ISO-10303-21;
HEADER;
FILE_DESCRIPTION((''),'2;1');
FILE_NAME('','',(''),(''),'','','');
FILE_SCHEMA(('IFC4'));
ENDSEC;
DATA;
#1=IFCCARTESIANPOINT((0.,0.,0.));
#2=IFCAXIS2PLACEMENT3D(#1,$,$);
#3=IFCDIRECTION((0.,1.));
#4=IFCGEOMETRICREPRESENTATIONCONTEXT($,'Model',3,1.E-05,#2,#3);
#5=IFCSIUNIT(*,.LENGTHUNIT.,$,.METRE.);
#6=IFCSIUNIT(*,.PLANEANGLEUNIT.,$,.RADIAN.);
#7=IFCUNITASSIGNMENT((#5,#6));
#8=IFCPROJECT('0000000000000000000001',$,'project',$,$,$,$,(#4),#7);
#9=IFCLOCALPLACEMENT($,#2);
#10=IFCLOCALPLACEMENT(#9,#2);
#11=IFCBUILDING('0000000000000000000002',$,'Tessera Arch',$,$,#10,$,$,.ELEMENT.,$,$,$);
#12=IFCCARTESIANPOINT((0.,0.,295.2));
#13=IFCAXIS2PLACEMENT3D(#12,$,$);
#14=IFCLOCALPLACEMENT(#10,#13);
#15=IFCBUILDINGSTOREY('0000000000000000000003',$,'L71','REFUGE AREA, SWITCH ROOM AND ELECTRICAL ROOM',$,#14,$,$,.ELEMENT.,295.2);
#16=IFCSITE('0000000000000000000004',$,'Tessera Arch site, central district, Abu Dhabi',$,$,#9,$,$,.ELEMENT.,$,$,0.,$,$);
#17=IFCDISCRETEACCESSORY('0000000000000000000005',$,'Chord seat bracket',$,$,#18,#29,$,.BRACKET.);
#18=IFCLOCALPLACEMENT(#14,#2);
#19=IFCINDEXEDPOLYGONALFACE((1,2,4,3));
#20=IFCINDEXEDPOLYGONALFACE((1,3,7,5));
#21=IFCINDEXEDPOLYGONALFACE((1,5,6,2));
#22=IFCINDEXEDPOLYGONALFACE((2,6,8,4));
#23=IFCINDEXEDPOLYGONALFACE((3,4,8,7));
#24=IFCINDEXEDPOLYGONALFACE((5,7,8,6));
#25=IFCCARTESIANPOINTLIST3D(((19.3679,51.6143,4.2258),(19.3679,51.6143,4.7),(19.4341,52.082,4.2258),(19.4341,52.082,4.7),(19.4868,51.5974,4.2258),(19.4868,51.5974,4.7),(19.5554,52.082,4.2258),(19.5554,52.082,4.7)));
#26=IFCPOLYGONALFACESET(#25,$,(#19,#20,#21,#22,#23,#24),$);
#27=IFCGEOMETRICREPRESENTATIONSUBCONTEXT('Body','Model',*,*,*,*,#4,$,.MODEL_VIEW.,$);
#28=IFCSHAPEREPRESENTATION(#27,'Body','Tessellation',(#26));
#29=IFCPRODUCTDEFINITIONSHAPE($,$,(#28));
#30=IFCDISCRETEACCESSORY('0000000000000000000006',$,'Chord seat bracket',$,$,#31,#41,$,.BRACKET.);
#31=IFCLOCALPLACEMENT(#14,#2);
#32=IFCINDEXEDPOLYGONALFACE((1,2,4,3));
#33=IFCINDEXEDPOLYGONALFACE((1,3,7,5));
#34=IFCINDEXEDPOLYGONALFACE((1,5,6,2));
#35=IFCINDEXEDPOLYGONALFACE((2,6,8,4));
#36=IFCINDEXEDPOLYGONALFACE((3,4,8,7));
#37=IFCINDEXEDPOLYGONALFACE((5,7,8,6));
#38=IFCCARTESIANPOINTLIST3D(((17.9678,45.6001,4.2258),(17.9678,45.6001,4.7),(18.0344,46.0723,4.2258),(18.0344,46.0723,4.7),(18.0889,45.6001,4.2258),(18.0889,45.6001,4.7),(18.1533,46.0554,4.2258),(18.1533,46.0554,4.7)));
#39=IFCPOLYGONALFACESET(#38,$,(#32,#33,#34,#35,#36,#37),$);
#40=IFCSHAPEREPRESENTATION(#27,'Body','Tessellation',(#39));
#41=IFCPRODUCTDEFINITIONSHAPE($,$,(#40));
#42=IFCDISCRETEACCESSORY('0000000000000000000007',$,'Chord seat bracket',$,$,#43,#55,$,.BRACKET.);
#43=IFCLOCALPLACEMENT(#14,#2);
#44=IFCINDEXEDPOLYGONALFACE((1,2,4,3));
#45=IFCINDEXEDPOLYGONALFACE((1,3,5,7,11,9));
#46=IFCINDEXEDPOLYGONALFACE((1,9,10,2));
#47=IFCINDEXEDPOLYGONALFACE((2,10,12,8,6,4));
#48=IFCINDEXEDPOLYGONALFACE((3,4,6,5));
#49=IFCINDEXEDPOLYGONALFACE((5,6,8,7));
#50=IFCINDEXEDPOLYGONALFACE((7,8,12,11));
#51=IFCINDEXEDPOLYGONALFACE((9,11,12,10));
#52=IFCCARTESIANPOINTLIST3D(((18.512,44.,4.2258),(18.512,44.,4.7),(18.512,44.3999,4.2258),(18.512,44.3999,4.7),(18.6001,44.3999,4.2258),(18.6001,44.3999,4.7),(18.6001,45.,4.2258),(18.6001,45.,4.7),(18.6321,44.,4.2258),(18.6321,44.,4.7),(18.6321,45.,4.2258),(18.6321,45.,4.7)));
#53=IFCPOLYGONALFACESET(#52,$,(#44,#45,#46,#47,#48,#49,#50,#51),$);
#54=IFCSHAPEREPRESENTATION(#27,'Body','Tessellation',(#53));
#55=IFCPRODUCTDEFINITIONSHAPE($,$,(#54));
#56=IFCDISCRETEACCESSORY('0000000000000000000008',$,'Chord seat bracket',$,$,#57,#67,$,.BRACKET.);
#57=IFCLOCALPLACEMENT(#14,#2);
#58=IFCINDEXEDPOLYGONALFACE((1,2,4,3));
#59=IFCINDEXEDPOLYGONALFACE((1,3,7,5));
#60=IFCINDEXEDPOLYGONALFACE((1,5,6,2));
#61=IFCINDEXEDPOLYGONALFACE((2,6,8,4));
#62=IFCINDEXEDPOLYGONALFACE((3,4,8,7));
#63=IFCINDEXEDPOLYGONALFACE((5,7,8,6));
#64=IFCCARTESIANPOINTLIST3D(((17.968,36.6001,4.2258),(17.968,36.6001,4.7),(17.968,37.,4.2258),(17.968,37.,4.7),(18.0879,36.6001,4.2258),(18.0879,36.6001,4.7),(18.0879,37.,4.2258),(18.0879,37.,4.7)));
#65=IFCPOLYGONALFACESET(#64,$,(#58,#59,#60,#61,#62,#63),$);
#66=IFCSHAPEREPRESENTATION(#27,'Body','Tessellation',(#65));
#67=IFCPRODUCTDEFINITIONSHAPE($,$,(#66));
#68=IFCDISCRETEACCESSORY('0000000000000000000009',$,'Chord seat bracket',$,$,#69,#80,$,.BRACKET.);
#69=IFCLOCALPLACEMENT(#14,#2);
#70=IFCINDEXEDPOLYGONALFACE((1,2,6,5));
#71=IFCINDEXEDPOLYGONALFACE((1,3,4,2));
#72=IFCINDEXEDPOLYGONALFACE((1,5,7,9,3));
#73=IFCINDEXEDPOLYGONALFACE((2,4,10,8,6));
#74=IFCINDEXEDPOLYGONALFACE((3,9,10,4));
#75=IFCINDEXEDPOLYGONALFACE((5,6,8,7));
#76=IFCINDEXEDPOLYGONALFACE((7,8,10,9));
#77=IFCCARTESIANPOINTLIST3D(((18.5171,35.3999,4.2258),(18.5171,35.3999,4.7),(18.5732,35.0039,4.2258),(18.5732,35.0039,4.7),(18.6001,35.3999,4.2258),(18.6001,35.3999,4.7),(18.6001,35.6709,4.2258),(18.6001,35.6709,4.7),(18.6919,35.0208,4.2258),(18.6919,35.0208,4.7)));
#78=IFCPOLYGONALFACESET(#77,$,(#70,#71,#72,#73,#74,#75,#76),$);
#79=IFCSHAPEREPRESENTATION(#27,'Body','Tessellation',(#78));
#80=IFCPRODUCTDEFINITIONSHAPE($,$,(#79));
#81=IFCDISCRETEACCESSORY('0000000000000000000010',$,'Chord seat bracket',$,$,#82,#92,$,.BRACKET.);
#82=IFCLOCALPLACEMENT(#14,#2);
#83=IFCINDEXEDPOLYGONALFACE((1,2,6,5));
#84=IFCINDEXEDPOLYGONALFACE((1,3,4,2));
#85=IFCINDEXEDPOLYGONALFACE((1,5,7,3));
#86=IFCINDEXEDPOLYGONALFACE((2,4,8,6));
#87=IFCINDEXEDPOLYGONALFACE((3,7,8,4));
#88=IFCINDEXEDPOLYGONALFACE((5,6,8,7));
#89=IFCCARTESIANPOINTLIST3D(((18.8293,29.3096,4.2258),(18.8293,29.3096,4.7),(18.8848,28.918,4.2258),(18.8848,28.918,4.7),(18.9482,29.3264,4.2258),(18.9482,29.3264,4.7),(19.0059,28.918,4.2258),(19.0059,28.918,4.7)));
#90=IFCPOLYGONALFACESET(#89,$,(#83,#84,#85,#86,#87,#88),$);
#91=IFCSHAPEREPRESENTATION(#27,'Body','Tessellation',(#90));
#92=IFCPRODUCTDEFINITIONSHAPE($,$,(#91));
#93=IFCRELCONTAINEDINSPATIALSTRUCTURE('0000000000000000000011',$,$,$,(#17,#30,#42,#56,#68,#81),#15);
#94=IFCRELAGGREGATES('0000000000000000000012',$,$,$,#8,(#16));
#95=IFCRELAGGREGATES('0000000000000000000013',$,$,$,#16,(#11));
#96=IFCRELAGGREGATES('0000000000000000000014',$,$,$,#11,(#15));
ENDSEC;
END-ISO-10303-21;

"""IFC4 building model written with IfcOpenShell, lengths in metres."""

from ifc_helpers import new_model, si_unit, direction, frame, origin, place, context, subcontext, project, spatial, polyline, outline, extrude, element, save


model = new_model("IFC4")

# Units and contexts
model_context = context("Model", 3, precision=1e-05, world=origin(), true_north=direction((0.0, 1.0)))
body_context = subcontext(model_context, "Body", "Model", "MODEL_VIEW")
ifc_project = project(units=[si_unit("LENGTHUNIT", "METRE"), si_unit("PLANEANGLEUNIT", "RADIAN")], contexts=[model_context])

# Site, building, storey
site_placement = place(None, origin())
site = spatial("IfcSite", under=ifc_project, at=site_placement, Name="Tessera Arch site, central district, Abu Dhabi", CompositionType="ELEMENT", RefElevation=0.0)
building_placement = place(site_placement, origin())
building = spatial("IfcBuilding", under=site, at=building_placement, Name="Tessera Arch", CompositionType="ELEMENT")
storey_placement = place(building_placement, frame((0.0, 0.0, 295.2)))
storey = spatial("IfcBuildingStorey", under=building, at=storey_placement, Name="L71", Description="REFUGE AREA, SWITCH ROOM AND ELECTRICAL ROOM", CompositionType="ELEMENT", Elevation=295.2)

# Discrete accessories
discrete_accessory_1_placement = place(storey_placement, frame((0.0, 0.0, 4.2258)))
element("IfcDiscreteAccessory", 1, at=discrete_accessory_1_placement, inside=storey, Name="Chord seat bracket", PredefinedType="BRACKET", context=body_context, shape_type="SweptSolid", body=[
    extrude(outline(polyline([(19.3679, 51.6143), (19.4341, 52.082), (19.5554, 52.082), (19.4868, 51.5974), (19.3679, 51.6143)])), origin(), (0.0, 0.0, 1.0), 0.4741),
])
discrete_accessory_2_placement = place(storey_placement, frame((0.0, 0.0, 4.2258)))
element("IfcDiscreteAccessory", 2, at=discrete_accessory_2_placement, inside=storey, Name="Chord seat bracket", PredefinedType="BRACKET", context=body_context, shape_type="SweptSolid", body=[
    extrude(outline(polyline([(18.1533, 46.0554), (18.0889, 45.6001), (17.9678, 45.6001), (18.0344, 46.0723), (18.1533, 46.0554)])), origin(), (0.0, 0.0, 1.0), 0.4741),
])
discrete_accessory_3_placement = place(storey_placement, frame((0.0, 0.0, 4.2258)))
element("IfcDiscreteAccessory", 3, at=discrete_accessory_3_placement, inside=storey, Name="Chord seat bracket", PredefinedType="BRACKET", context=body_context, shape_type="SweptSolid", body=[
    extrude(outline(polyline([(18.512, 44.0), (18.512, 44.3999), (18.6001, 44.3999), (18.6001, 45.0), (18.6321, 45.0), (18.6321, 44.0), (18.512, 44.0)])), origin(), (0.0, 0.0, 1.0), 0.4741),
])
discrete_accessory_4_placement = place(storey_placement, frame((0.0, 0.0, 4.2258)))
element("IfcDiscreteAccessory", 4, at=discrete_accessory_4_placement, inside=storey, Name="Chord seat bracket", PredefinedType="BRACKET", context=body_context, shape_type="SweptSolid", body=[
    extrude(outline(polyline([(18.0879, 36.6001), (17.968, 36.6001), (17.968, 37.0), (18.0879, 37.0), (18.0879, 36.6001)])), origin(), (0.0, 0.0, 1.0), 0.4741),
])
discrete_accessory_5_placement = place(storey_placement, frame((0.0, 0.0, 4.2258)))
element("IfcDiscreteAccessory", 5, at=discrete_accessory_5_placement, inside=storey, Name="Chord seat bracket", PredefinedType="BRACKET", context=body_context, shape_type="SweptSolid", body=[
    extrude(outline(polyline([(18.6001, 35.6709), (18.6919, 35.0208), (18.5732, 35.0039), (18.5171, 35.3999), (18.6001, 35.3999), (18.6001, 35.6709)])), origin(), (0.0, 0.0, 1.0), 0.4741),
])
discrete_accessory_6_placement = place(storey_placement, frame((0.0, 0.0, 4.2258)))
element("IfcDiscreteAccessory", 6, at=discrete_accessory_6_placement, inside=storey, Name="Chord seat bracket", PredefinedType="BRACKET", context=body_context, shape_type="SweptSolid", body=[
    extrude(outline(polyline([(18.8848, 28.918), (18.8293, 29.3096), (18.9482, 29.3264), (19.0059, 28.918), (18.8848, 28.918)])), origin(), (0.0, 0.0, 1.0), 0.4741),
])

save(model, "model.ifc")
